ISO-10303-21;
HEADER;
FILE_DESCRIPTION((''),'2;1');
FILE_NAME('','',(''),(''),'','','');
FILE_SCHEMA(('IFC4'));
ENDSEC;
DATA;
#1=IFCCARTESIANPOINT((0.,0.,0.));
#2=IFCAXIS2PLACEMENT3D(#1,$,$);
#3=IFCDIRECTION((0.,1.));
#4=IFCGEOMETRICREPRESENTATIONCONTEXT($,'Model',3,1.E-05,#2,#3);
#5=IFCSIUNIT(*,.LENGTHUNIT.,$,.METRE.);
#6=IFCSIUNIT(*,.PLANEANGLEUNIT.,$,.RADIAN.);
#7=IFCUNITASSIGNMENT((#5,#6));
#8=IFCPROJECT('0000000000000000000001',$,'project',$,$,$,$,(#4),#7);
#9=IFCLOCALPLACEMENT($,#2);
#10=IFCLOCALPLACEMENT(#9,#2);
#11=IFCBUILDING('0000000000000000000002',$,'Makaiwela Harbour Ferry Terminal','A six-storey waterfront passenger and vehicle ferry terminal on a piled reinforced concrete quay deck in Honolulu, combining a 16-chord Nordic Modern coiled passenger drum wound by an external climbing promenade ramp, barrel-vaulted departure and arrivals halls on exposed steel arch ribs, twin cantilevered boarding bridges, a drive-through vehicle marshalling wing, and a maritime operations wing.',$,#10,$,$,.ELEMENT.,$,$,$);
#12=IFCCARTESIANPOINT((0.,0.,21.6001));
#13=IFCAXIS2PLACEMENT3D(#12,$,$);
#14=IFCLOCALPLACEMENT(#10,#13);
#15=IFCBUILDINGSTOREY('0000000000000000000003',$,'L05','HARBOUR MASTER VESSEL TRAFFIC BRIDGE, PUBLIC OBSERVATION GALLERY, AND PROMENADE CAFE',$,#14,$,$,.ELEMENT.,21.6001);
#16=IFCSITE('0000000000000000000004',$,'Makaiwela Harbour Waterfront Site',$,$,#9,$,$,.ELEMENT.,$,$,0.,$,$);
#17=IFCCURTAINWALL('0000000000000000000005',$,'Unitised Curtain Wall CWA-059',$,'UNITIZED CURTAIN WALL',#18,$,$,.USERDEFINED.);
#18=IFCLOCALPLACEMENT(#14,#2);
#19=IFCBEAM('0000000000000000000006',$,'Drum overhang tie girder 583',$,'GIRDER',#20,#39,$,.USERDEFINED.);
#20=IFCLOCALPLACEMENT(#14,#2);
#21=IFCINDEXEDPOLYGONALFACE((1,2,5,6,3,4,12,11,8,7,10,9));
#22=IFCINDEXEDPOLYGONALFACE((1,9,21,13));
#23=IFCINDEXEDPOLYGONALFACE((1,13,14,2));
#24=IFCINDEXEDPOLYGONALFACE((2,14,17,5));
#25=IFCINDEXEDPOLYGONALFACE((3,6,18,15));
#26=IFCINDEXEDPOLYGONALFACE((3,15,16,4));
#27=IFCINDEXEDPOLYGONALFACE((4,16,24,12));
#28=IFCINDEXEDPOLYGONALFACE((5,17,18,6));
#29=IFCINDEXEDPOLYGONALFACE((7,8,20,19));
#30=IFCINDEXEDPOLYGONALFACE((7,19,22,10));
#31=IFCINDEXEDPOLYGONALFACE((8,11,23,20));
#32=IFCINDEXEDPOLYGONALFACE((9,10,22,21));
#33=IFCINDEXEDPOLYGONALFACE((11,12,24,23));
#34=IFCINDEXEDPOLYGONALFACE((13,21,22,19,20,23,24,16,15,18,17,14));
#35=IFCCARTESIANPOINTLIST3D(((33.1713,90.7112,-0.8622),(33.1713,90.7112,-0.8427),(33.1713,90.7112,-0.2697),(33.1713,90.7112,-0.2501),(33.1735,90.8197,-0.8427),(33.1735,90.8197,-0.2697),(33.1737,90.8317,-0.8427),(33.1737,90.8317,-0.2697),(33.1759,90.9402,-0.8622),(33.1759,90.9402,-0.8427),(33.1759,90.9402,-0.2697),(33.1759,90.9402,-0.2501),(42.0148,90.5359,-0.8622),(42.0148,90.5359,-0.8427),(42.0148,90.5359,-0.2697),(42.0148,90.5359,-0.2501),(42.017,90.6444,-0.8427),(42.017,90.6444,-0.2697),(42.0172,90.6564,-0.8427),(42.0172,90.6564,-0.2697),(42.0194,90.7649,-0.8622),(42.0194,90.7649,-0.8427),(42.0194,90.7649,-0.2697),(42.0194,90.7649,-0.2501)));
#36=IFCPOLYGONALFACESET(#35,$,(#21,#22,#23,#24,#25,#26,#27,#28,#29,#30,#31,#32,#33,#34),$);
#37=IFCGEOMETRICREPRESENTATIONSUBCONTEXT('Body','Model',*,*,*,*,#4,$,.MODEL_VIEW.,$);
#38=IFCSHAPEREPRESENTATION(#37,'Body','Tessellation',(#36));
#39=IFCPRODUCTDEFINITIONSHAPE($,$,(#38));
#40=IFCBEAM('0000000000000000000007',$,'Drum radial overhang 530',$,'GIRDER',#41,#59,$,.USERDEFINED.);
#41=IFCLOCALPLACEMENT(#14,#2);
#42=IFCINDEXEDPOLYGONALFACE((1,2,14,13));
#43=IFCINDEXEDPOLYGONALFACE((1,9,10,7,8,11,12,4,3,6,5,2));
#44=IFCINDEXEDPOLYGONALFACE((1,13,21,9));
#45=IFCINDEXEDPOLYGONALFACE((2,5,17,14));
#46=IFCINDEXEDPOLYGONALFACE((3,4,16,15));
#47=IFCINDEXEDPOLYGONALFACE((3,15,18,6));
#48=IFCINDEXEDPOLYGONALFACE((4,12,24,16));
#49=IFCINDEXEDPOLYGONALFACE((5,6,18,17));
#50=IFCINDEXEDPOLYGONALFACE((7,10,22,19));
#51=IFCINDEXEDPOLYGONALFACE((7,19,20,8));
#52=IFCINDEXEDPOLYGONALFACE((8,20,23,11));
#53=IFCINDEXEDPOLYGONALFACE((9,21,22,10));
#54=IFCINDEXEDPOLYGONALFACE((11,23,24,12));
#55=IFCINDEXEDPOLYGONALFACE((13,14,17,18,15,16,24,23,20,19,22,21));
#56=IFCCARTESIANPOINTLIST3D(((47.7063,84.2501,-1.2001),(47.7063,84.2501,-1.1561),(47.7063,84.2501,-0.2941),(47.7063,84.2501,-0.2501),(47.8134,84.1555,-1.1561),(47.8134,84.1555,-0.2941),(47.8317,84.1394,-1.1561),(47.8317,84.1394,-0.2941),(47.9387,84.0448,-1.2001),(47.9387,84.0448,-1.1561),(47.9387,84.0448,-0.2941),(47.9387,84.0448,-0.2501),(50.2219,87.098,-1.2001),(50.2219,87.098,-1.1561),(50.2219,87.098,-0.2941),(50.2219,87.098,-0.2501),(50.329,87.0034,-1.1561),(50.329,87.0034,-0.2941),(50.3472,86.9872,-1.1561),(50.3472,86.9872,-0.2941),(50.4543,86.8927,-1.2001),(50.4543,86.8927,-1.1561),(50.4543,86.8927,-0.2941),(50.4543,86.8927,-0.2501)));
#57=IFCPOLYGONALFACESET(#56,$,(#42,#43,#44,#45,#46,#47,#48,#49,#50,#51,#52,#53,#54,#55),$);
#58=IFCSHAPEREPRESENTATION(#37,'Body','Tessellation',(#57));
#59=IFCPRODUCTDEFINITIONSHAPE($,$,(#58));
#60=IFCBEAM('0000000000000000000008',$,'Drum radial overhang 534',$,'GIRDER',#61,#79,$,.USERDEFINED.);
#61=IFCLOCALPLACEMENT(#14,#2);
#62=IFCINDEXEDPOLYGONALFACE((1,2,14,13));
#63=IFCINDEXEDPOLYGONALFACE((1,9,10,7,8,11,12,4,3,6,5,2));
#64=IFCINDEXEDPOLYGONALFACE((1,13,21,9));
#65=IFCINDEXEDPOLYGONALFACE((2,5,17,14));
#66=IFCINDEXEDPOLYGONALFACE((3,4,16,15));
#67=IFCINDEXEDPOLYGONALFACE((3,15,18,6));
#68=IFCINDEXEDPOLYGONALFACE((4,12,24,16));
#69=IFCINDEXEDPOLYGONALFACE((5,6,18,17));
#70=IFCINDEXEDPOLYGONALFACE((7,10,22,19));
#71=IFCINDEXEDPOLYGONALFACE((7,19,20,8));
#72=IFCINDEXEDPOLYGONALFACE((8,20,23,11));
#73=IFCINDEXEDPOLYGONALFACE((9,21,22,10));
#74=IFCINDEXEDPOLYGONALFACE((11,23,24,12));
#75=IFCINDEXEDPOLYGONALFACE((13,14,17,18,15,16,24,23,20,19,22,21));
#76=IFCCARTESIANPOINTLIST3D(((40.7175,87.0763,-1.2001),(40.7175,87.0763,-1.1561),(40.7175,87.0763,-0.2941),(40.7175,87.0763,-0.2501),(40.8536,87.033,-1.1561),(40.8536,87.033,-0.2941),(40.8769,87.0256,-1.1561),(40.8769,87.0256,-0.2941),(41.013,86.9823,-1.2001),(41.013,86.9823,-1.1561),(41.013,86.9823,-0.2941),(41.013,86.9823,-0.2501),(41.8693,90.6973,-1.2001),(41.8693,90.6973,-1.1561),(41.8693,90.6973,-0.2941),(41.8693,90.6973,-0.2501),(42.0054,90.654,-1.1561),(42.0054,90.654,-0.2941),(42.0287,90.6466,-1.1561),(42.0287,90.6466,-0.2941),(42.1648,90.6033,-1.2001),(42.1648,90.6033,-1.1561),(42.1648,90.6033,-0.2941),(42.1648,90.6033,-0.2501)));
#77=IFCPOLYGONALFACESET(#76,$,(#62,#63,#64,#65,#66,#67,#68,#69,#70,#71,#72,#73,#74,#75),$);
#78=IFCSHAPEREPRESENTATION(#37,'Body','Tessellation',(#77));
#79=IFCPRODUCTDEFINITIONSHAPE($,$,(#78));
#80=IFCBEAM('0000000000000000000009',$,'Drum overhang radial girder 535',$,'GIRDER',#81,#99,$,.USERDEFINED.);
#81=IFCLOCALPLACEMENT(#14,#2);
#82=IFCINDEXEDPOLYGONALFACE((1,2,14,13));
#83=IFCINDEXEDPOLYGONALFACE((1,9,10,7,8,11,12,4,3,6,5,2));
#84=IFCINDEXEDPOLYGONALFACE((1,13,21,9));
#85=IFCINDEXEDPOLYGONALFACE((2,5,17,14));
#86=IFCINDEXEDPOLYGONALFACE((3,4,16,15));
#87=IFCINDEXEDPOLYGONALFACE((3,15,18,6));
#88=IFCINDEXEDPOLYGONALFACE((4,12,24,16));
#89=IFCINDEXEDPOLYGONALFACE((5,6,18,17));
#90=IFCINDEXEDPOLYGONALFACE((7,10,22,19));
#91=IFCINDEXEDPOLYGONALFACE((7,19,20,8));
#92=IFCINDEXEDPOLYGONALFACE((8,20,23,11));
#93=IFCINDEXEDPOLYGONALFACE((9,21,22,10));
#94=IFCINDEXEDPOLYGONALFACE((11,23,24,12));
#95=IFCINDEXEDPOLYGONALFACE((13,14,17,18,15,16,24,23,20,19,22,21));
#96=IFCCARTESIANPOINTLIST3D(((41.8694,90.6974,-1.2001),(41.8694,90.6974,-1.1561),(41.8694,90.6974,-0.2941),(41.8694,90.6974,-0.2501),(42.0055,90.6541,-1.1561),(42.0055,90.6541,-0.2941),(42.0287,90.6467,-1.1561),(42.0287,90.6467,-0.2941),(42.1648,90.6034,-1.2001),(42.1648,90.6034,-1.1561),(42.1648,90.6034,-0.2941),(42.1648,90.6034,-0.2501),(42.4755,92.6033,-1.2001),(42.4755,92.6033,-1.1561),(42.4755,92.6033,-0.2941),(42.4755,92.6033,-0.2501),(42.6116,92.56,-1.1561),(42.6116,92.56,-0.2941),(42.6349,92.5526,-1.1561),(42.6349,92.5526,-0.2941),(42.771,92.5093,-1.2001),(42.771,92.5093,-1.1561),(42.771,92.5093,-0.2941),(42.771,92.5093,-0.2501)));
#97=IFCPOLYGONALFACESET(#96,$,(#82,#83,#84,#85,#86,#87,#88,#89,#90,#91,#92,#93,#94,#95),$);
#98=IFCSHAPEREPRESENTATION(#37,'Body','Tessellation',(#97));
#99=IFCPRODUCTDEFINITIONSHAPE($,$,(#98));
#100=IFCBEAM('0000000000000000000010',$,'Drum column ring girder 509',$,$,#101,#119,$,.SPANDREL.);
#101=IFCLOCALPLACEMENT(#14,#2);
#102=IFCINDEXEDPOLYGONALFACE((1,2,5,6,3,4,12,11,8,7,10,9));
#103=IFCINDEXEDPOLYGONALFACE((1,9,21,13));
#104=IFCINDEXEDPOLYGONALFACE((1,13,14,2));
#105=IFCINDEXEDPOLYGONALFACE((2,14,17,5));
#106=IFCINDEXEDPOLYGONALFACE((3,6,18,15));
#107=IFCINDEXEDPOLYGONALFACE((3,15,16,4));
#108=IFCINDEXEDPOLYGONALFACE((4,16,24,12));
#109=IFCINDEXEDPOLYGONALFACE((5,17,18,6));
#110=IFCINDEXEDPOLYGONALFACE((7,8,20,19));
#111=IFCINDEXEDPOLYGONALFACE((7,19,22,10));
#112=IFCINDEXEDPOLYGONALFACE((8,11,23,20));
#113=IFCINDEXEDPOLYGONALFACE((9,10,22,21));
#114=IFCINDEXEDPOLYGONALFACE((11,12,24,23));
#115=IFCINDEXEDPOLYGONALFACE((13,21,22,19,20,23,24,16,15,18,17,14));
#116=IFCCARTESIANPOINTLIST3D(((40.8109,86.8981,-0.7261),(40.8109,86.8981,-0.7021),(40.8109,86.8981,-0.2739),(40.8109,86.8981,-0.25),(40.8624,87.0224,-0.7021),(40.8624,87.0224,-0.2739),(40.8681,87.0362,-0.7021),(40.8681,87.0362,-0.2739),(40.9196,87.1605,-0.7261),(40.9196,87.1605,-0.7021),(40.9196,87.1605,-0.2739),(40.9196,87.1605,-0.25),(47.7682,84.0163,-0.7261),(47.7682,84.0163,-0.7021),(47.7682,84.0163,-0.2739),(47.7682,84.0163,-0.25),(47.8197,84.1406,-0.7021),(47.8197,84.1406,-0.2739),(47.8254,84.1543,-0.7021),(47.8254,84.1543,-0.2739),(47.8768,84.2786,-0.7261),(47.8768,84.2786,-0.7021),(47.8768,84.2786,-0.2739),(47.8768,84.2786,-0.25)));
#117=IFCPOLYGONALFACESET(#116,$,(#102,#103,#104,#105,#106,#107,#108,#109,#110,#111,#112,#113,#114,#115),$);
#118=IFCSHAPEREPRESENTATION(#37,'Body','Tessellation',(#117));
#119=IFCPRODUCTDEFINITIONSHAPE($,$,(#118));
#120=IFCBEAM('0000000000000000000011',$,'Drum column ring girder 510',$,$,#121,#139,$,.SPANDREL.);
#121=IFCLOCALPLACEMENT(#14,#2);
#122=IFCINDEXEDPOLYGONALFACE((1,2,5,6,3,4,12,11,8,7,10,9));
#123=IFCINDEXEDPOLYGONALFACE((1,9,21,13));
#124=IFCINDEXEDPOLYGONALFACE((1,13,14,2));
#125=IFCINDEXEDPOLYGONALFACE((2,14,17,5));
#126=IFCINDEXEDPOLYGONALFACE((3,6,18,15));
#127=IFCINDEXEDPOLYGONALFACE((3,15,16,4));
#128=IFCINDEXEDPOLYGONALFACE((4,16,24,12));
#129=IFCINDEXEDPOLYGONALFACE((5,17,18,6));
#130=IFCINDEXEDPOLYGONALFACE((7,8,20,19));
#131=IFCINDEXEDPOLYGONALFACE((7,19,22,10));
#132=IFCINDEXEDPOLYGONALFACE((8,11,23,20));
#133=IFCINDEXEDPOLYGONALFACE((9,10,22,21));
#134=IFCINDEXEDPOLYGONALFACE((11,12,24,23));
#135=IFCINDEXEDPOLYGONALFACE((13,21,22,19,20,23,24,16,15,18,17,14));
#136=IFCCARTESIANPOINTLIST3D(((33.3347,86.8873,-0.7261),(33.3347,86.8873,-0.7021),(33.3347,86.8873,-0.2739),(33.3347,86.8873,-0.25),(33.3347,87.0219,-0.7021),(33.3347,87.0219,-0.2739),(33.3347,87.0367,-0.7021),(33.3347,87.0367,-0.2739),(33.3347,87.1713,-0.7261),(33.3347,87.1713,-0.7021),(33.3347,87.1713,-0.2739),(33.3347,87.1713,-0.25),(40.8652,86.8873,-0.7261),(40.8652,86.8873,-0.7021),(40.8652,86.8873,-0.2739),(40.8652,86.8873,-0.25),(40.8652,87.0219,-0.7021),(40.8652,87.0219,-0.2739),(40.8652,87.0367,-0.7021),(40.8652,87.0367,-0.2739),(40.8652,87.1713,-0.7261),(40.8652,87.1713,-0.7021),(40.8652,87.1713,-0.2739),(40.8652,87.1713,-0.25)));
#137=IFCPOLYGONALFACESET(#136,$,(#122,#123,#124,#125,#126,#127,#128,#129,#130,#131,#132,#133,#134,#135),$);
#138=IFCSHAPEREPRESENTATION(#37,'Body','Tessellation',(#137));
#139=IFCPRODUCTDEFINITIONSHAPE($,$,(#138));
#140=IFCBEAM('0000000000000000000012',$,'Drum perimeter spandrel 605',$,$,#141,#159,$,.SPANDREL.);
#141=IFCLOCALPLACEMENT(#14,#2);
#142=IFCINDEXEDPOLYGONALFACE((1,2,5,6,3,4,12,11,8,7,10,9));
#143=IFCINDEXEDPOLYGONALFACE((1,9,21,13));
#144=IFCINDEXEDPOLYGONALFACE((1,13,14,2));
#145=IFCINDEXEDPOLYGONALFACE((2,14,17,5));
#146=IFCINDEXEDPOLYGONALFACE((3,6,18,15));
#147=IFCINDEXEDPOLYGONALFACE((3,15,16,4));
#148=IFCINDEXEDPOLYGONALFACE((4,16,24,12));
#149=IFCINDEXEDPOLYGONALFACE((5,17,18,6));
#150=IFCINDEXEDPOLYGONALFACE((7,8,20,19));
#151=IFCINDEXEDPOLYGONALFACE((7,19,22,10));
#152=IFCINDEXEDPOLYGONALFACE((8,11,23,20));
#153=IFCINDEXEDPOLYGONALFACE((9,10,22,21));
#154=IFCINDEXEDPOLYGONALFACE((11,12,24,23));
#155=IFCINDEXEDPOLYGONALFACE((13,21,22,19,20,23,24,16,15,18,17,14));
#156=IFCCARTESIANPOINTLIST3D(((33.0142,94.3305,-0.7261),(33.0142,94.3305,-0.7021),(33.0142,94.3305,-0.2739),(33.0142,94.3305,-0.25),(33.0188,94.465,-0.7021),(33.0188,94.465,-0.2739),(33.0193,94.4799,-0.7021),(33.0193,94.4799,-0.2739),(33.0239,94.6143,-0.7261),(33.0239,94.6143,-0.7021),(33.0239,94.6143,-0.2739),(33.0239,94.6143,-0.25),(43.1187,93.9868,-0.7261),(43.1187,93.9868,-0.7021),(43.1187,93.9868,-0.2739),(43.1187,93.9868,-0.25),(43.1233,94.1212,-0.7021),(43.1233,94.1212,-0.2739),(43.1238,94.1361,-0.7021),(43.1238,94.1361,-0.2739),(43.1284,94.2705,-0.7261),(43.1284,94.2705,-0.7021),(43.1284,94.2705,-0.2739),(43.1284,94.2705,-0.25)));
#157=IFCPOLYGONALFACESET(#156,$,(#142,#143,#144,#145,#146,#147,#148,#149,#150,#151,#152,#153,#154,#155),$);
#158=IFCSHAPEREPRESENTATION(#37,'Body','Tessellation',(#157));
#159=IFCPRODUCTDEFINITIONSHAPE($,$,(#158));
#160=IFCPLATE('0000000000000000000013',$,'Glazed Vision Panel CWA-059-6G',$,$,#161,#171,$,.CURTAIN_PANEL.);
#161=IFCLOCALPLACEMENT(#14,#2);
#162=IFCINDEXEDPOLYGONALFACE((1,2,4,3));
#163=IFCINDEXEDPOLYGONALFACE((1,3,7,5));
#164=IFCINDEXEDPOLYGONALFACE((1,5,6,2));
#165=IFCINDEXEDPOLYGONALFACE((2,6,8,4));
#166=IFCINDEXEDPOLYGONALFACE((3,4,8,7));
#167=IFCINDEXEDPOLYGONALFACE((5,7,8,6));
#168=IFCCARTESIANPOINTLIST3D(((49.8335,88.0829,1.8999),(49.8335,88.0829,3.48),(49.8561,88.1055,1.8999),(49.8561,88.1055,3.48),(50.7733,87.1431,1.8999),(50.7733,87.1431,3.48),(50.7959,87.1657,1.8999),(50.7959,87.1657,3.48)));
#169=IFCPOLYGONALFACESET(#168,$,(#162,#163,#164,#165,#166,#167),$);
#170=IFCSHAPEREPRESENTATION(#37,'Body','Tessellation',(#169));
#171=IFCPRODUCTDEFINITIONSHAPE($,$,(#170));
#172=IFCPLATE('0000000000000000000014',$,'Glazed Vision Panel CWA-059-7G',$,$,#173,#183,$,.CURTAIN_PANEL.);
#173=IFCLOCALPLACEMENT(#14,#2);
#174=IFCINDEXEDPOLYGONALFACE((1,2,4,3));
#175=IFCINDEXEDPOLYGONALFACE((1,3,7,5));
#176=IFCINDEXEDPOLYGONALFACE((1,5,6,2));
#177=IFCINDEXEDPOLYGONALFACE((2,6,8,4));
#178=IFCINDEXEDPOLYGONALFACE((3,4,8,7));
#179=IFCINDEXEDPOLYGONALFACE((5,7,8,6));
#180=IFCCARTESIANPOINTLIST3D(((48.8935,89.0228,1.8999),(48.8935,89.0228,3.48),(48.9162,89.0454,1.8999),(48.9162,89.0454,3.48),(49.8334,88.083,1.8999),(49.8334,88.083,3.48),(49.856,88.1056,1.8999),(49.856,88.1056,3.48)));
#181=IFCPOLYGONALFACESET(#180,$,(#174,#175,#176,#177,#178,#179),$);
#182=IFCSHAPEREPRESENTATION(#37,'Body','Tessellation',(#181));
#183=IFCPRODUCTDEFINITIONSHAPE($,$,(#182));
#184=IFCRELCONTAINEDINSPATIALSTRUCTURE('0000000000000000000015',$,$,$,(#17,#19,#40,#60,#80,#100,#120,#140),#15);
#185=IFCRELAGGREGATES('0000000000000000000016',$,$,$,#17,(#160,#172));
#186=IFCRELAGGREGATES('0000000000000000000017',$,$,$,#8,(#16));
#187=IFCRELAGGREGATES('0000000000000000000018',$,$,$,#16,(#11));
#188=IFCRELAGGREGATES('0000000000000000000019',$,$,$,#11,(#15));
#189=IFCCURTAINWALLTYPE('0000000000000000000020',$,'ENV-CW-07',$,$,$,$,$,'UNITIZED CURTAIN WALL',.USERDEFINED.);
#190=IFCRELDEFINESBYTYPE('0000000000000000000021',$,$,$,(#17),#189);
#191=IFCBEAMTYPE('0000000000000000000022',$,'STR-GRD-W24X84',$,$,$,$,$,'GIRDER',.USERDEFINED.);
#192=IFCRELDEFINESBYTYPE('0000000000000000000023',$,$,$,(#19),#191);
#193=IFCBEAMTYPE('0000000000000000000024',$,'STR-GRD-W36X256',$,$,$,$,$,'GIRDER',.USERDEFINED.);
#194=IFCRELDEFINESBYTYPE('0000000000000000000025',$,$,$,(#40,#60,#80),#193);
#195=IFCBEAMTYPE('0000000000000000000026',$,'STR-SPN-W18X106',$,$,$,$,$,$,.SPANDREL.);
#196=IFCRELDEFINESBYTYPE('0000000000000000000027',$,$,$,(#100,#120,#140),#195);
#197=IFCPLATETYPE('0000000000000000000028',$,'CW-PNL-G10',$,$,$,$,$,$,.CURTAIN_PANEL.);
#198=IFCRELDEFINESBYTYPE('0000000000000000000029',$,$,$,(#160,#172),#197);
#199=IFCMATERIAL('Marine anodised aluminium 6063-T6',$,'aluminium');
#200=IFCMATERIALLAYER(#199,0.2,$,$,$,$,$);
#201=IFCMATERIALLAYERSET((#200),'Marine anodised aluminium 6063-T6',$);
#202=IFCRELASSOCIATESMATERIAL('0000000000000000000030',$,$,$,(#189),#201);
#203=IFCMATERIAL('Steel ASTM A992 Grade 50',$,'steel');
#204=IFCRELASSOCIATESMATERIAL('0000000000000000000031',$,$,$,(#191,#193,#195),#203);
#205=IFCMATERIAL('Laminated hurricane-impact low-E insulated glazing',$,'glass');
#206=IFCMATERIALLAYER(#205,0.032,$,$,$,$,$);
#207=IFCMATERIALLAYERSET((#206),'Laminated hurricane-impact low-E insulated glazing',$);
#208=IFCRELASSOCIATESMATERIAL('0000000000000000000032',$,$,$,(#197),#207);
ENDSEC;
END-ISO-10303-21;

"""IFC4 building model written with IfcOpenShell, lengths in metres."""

from ifc_helpers import new_model, si_unit, direction, frame, origin, origin_2d, place, context, subcontext, project, spatial, rectangle, i_section, extrude, material, layer, layer_set, material_profile, profile_set, type_object, element, aggregate, save


model = new_model("IFC4")

# Units and contexts
model_context = context("Model", 3, precision=1e-05, world=origin(), true_north=direction((0.0, 1.0)))
body_context = subcontext(model_context, "Body", "Model", "MODEL_VIEW")
ifc_project = project(units=[si_unit("LENGTHUNIT", "METRE"), si_unit("PLANEANGLEUNIT", "RADIAN")], contexts=[model_context])

# Site, building, storey
site_placement = place(None, origin())
site = spatial("IfcSite", under=ifc_project, at=site_placement, Name="Makaiwela Harbour Waterfront Site", CompositionType="ELEMENT", RefElevation=0.0)
building_placement = place(site_placement, origin())
building = spatial("IfcBuilding", under=site, at=building_placement, Name="Makaiwela Harbour Ferry Terminal", Description="A six-storey waterfront passenger and vehicle ferry terminal on a piled reinforced concrete quay deck in Honolulu, combining a 16-chord Nordic Modern coiled passenger drum wound by an external climbing promenade ramp, barrel-vaulted departure and arrivals halls on exposed steel arch ribs, twin cantilevered boarding bridges, a drive-through vehicle marshalling wing, and a maritime operations wing.", CompositionType="ELEMENT")
storey_placement = place(building_placement, frame((0.0, 0.0, 21.6001)))
storey = spatial("IfcBuildingStorey", under=building, at=storey_placement, Name="L05", Description="HARBOUR MASTER VESSEL TRAFFIC BRIDGE, PUBLIC OBSERVATION GALLERY, AND PROMENADE CAFE", CompositionType="ELEMENT", Elevation=21.6001)

# Shared definitions
ifc_material_1 = material(Name="Steel ASTM A992 Grade 50", Category="steel")

# Curtain wall
ifc_material_2 = material(Name="Marine anodised aluminium 6063-T6", Category="aluminium")
ifc_layer_1 = layer(ifc_material_2, 0.2)
ifc_layer_set_1 = layer_set([ifc_layer_1], Name="Marine anodised aluminium 6063-T6")
curtain_wall_type = type_object("IfcCurtainWallType", Name="ENV-CW-07", ElementType="UNITIZED CURTAIN WALL", PredefinedType="USERDEFINED", material=ifc_layer_set_1)
curtain_wall_placement = place(storey_placement, origin())
curtain_wall = element("IfcCurtainWall", 1, at=curtain_wall_placement, inside=storey, type_object=curtain_wall_type, Name="Unitised Curtain Wall CWA-059", ObjectType="UNITIZED CURTAIN WALL", PredefinedType="USERDEFINED")

# Beams
ifc_material_profile_1 = material_profile(ifc_material_1, i_section(OverallWidth=0.229, OverallDepth=0.6121, WebThickness=0.012, FlangeThickness=0.0195, at=origin_2d()), Name="W24X84")
ifc_profile_set_1 = profile_set([ifc_material_profile_1], Name="Steel ASTM A992 Grade 50")
beam_type_1 = type_object("IfcBeamType", Name="STR-GRD-W24X84", ElementType="GIRDER", PredefinedType="USERDEFINED", material=ifc_profile_set_1)
beam_1_placement = place(storey_placement, frame((42.0171, 90.6504, -0.5562), z_axis=(-0.999804, 0.019818, 0.0), x_axis=(-0.019818, -0.999804, 0.0)))
element("IfcBeam", 2, at=beam_1_placement, inside=storey, type_object=beam_type_1, Name="Drum overhang tie girder 583", ObjectType="GIRDER", PredefinedType="USERDEFINED", context=body_context, shape_type="SweptSolid", body=[
    extrude(i_section(OverallWidth=0.229, OverallDepth=0.6121, WebThickness=0.012, FlangeThickness=0.0195, at=origin_2d()), origin(), (0.0, 0.0, 1.0), 8.8452),
])
ifc_material_profile_2 = material_profile(ifc_material_1, i_section(OverallWidth=0.3101, OverallDepth=0.95, WebThickness=0.0244, FlangeThickness=0.0439, at=origin_2d()), Name="W36X256")
ifc_profile_set_2 = profile_set([ifc_material_profile_2], Name="Steel ASTM A992 Grade 50")
beam_type_2 = type_object("IfcBeamType", Name="STR-GRD-W36X256", ElementType="GIRDER", PredefinedType="USERDEFINED", material=ifc_profile_set_2)
for number, where, z_axis, x_axis, name in (
    (3, (47.8225, 84.1475, -0.7251), (0.662032, 0.749476, 0.0), (-0.749476, 0.662032, 0.0), "Drum radial overhang 530"),
    (4, (40.8652, 87.0293, -0.7251), (0.303129, 0.952949, 0.0), (-0.952949, 0.303129, 0.0), "Drum radial overhang 534"),
):
    element("IfcBeam", number, at=place(storey_placement, frame(where, z_axis=z_axis, x_axis=x_axis)), inside=storey, type_object=beam_type_2, Name=name, ObjectType="GIRDER", PredefinedType="USERDEFINED", context=body_context, shape_type="SweptSolid", body=[
        extrude(i_section(OverallWidth=0.3101, OverallDepth=0.95, WebThickness=0.0244, FlangeThickness=0.0439, at=origin_2d()), origin(), (0.0, 0.0, 1.0), 3.7998),
    ])
beam_2_placement = place(storey_placement, frame((42.0171, 90.6504, -0.7251), z_axis=(0.303088, 0.952963, 0.0), x_axis=(-0.952963, 0.303088, 0.0)))
element("IfcBeam", 5, at=beam_2_placement, inside=storey, type_object=beam_type_2, Name="Drum overhang radial girder 535", ObjectType="GIRDER", PredefinedType="USERDEFINED", context=body_context, shape_type="SweptSolid", body=[
    extrude(i_section(OverallWidth=0.3101, OverallDepth=0.95, WebThickness=0.0244, FlangeThickness=0.0439, at=origin_2d()), origin(), (0.0, 0.0, 1.0), 2.0),
])
ifc_material_profile_3 = material_profile(ifc_material_1, i_section(OverallWidth=0.2839, OverallDepth=0.4761, WebThickness=0.0149, FlangeThickness=0.0239, at=origin_2d()), Name="W18X106")
ifc_profile_set_3 = profile_set([ifc_material_profile_3], Name="Steel ASTM A992 Grade 50")
beam_type_3 = type_object("IfcBeamType", Name="STR-SPN-W18X106", PredefinedType="SPANDREL", material=ifc_profile_set_3)
for number, where, z_axis, x_axis, name in (
    (6, (47.8225, 84.1475, -0.488), (-0.923878, 0.382688, 0.0), (-0.382688, -0.923878, 0.0), "Drum column ring girder 509"),
    (7, (40.8652, 87.0293, -0.488), (-1.0, 0.0, 0.0), (0.0, -1.0, 0.0), "Drum column ring girder 510"),
):
    element("IfcBeam", number, at=place(storey_placement, frame(where, z_axis=z_axis, x_axis=x_axis)), inside=storey, type_object=beam_type_3, Name=name, PredefinedType="SPANDREL", context=body_context, shape_type="SweptSolid", body=[
        extrude(i_section(OverallWidth=0.2839, OverallDepth=0.4761, WebThickness=0.0149, FlangeThickness=0.0239, at=origin_2d()), origin(), (0.0, 0.0, 1.0), 7.5305),
    ])
beam_3_placement = place(storey_placement, frame((43.1235, 94.1287, -0.488), z_axis=(-0.999422, 0.034, 0.0), x_axis=(-0.034, -0.999422, 0.0)))
element("IfcBeam", 8, at=beam_3_placement, inside=storey, type_object=beam_type_3, Name="Drum perimeter spandrel 605", PredefinedType="SPANDREL", context=body_context, shape_type="SweptSolid", body=[
    extrude(i_section(OverallWidth=0.2839, OverallDepth=0.4761, WebThickness=0.0149, FlangeThickness=0.0239, at=origin_2d()), origin(), (0.0, 0.0, 1.0), 10.1104),
])

# Plates
ifc_material_3 = material(Name="Laminated hurricane-impact low-E insulated glazing", Category="glass")
ifc_layer_2 = layer(ifc_material_3, 0.032)
ifc_layer_set_2 = layer_set([ifc_layer_2], Name="Laminated hurricane-impact low-E insulated glazing")
plate_type_1 = type_object("IfcPlateType", Name="CW-PNL-G10", PredefinedType="CURTAIN_PANEL", material=ifc_layer_set_2)
plate_1_placement = place(storey_placement, frame((50.3147, 87.6243, 1.8999), z_axis=(0.0, 0.0, 1.0), x_axis=(-0.707107, 0.707107, 0.0)))
plate_1 = element("IfcPlate", 9, at=plate_1_placement, type_object=plate_type_1, Name="Glazed Vision Panel CWA-059-6G", PredefinedType="CURTAIN_PANEL", context=body_context, shape_type="SweptSolid", body=[
    extrude(rectangle(XDim=1.3291, YDim=0.032, at=origin_2d()), origin(), (0.0, 0.0, 1.0), 1.5801),
])
plate_2_placement = place(storey_placement, frame((49.3748, 88.5642, 1.8999), z_axis=(0.0, 0.0, 1.0), x_axis=(-0.707107, 0.707107, 0.0)))
plate_2 = element("IfcPlate", 10, at=plate_2_placement, type_object=plate_type_1, Name="Glazed Vision Panel CWA-059-7G", PredefinedType="CURTAIN_PANEL", context=body_context, shape_type="SweptSolid", body=[
    extrude(rectangle(XDim=1.3291, YDim=0.032, at=origin_2d()), origin(), (0.0, 0.0, 1.0), 1.5801),
])
aggregate(curtain_wall, [plate_1, plate_2])

save(model, "model.ifc")
